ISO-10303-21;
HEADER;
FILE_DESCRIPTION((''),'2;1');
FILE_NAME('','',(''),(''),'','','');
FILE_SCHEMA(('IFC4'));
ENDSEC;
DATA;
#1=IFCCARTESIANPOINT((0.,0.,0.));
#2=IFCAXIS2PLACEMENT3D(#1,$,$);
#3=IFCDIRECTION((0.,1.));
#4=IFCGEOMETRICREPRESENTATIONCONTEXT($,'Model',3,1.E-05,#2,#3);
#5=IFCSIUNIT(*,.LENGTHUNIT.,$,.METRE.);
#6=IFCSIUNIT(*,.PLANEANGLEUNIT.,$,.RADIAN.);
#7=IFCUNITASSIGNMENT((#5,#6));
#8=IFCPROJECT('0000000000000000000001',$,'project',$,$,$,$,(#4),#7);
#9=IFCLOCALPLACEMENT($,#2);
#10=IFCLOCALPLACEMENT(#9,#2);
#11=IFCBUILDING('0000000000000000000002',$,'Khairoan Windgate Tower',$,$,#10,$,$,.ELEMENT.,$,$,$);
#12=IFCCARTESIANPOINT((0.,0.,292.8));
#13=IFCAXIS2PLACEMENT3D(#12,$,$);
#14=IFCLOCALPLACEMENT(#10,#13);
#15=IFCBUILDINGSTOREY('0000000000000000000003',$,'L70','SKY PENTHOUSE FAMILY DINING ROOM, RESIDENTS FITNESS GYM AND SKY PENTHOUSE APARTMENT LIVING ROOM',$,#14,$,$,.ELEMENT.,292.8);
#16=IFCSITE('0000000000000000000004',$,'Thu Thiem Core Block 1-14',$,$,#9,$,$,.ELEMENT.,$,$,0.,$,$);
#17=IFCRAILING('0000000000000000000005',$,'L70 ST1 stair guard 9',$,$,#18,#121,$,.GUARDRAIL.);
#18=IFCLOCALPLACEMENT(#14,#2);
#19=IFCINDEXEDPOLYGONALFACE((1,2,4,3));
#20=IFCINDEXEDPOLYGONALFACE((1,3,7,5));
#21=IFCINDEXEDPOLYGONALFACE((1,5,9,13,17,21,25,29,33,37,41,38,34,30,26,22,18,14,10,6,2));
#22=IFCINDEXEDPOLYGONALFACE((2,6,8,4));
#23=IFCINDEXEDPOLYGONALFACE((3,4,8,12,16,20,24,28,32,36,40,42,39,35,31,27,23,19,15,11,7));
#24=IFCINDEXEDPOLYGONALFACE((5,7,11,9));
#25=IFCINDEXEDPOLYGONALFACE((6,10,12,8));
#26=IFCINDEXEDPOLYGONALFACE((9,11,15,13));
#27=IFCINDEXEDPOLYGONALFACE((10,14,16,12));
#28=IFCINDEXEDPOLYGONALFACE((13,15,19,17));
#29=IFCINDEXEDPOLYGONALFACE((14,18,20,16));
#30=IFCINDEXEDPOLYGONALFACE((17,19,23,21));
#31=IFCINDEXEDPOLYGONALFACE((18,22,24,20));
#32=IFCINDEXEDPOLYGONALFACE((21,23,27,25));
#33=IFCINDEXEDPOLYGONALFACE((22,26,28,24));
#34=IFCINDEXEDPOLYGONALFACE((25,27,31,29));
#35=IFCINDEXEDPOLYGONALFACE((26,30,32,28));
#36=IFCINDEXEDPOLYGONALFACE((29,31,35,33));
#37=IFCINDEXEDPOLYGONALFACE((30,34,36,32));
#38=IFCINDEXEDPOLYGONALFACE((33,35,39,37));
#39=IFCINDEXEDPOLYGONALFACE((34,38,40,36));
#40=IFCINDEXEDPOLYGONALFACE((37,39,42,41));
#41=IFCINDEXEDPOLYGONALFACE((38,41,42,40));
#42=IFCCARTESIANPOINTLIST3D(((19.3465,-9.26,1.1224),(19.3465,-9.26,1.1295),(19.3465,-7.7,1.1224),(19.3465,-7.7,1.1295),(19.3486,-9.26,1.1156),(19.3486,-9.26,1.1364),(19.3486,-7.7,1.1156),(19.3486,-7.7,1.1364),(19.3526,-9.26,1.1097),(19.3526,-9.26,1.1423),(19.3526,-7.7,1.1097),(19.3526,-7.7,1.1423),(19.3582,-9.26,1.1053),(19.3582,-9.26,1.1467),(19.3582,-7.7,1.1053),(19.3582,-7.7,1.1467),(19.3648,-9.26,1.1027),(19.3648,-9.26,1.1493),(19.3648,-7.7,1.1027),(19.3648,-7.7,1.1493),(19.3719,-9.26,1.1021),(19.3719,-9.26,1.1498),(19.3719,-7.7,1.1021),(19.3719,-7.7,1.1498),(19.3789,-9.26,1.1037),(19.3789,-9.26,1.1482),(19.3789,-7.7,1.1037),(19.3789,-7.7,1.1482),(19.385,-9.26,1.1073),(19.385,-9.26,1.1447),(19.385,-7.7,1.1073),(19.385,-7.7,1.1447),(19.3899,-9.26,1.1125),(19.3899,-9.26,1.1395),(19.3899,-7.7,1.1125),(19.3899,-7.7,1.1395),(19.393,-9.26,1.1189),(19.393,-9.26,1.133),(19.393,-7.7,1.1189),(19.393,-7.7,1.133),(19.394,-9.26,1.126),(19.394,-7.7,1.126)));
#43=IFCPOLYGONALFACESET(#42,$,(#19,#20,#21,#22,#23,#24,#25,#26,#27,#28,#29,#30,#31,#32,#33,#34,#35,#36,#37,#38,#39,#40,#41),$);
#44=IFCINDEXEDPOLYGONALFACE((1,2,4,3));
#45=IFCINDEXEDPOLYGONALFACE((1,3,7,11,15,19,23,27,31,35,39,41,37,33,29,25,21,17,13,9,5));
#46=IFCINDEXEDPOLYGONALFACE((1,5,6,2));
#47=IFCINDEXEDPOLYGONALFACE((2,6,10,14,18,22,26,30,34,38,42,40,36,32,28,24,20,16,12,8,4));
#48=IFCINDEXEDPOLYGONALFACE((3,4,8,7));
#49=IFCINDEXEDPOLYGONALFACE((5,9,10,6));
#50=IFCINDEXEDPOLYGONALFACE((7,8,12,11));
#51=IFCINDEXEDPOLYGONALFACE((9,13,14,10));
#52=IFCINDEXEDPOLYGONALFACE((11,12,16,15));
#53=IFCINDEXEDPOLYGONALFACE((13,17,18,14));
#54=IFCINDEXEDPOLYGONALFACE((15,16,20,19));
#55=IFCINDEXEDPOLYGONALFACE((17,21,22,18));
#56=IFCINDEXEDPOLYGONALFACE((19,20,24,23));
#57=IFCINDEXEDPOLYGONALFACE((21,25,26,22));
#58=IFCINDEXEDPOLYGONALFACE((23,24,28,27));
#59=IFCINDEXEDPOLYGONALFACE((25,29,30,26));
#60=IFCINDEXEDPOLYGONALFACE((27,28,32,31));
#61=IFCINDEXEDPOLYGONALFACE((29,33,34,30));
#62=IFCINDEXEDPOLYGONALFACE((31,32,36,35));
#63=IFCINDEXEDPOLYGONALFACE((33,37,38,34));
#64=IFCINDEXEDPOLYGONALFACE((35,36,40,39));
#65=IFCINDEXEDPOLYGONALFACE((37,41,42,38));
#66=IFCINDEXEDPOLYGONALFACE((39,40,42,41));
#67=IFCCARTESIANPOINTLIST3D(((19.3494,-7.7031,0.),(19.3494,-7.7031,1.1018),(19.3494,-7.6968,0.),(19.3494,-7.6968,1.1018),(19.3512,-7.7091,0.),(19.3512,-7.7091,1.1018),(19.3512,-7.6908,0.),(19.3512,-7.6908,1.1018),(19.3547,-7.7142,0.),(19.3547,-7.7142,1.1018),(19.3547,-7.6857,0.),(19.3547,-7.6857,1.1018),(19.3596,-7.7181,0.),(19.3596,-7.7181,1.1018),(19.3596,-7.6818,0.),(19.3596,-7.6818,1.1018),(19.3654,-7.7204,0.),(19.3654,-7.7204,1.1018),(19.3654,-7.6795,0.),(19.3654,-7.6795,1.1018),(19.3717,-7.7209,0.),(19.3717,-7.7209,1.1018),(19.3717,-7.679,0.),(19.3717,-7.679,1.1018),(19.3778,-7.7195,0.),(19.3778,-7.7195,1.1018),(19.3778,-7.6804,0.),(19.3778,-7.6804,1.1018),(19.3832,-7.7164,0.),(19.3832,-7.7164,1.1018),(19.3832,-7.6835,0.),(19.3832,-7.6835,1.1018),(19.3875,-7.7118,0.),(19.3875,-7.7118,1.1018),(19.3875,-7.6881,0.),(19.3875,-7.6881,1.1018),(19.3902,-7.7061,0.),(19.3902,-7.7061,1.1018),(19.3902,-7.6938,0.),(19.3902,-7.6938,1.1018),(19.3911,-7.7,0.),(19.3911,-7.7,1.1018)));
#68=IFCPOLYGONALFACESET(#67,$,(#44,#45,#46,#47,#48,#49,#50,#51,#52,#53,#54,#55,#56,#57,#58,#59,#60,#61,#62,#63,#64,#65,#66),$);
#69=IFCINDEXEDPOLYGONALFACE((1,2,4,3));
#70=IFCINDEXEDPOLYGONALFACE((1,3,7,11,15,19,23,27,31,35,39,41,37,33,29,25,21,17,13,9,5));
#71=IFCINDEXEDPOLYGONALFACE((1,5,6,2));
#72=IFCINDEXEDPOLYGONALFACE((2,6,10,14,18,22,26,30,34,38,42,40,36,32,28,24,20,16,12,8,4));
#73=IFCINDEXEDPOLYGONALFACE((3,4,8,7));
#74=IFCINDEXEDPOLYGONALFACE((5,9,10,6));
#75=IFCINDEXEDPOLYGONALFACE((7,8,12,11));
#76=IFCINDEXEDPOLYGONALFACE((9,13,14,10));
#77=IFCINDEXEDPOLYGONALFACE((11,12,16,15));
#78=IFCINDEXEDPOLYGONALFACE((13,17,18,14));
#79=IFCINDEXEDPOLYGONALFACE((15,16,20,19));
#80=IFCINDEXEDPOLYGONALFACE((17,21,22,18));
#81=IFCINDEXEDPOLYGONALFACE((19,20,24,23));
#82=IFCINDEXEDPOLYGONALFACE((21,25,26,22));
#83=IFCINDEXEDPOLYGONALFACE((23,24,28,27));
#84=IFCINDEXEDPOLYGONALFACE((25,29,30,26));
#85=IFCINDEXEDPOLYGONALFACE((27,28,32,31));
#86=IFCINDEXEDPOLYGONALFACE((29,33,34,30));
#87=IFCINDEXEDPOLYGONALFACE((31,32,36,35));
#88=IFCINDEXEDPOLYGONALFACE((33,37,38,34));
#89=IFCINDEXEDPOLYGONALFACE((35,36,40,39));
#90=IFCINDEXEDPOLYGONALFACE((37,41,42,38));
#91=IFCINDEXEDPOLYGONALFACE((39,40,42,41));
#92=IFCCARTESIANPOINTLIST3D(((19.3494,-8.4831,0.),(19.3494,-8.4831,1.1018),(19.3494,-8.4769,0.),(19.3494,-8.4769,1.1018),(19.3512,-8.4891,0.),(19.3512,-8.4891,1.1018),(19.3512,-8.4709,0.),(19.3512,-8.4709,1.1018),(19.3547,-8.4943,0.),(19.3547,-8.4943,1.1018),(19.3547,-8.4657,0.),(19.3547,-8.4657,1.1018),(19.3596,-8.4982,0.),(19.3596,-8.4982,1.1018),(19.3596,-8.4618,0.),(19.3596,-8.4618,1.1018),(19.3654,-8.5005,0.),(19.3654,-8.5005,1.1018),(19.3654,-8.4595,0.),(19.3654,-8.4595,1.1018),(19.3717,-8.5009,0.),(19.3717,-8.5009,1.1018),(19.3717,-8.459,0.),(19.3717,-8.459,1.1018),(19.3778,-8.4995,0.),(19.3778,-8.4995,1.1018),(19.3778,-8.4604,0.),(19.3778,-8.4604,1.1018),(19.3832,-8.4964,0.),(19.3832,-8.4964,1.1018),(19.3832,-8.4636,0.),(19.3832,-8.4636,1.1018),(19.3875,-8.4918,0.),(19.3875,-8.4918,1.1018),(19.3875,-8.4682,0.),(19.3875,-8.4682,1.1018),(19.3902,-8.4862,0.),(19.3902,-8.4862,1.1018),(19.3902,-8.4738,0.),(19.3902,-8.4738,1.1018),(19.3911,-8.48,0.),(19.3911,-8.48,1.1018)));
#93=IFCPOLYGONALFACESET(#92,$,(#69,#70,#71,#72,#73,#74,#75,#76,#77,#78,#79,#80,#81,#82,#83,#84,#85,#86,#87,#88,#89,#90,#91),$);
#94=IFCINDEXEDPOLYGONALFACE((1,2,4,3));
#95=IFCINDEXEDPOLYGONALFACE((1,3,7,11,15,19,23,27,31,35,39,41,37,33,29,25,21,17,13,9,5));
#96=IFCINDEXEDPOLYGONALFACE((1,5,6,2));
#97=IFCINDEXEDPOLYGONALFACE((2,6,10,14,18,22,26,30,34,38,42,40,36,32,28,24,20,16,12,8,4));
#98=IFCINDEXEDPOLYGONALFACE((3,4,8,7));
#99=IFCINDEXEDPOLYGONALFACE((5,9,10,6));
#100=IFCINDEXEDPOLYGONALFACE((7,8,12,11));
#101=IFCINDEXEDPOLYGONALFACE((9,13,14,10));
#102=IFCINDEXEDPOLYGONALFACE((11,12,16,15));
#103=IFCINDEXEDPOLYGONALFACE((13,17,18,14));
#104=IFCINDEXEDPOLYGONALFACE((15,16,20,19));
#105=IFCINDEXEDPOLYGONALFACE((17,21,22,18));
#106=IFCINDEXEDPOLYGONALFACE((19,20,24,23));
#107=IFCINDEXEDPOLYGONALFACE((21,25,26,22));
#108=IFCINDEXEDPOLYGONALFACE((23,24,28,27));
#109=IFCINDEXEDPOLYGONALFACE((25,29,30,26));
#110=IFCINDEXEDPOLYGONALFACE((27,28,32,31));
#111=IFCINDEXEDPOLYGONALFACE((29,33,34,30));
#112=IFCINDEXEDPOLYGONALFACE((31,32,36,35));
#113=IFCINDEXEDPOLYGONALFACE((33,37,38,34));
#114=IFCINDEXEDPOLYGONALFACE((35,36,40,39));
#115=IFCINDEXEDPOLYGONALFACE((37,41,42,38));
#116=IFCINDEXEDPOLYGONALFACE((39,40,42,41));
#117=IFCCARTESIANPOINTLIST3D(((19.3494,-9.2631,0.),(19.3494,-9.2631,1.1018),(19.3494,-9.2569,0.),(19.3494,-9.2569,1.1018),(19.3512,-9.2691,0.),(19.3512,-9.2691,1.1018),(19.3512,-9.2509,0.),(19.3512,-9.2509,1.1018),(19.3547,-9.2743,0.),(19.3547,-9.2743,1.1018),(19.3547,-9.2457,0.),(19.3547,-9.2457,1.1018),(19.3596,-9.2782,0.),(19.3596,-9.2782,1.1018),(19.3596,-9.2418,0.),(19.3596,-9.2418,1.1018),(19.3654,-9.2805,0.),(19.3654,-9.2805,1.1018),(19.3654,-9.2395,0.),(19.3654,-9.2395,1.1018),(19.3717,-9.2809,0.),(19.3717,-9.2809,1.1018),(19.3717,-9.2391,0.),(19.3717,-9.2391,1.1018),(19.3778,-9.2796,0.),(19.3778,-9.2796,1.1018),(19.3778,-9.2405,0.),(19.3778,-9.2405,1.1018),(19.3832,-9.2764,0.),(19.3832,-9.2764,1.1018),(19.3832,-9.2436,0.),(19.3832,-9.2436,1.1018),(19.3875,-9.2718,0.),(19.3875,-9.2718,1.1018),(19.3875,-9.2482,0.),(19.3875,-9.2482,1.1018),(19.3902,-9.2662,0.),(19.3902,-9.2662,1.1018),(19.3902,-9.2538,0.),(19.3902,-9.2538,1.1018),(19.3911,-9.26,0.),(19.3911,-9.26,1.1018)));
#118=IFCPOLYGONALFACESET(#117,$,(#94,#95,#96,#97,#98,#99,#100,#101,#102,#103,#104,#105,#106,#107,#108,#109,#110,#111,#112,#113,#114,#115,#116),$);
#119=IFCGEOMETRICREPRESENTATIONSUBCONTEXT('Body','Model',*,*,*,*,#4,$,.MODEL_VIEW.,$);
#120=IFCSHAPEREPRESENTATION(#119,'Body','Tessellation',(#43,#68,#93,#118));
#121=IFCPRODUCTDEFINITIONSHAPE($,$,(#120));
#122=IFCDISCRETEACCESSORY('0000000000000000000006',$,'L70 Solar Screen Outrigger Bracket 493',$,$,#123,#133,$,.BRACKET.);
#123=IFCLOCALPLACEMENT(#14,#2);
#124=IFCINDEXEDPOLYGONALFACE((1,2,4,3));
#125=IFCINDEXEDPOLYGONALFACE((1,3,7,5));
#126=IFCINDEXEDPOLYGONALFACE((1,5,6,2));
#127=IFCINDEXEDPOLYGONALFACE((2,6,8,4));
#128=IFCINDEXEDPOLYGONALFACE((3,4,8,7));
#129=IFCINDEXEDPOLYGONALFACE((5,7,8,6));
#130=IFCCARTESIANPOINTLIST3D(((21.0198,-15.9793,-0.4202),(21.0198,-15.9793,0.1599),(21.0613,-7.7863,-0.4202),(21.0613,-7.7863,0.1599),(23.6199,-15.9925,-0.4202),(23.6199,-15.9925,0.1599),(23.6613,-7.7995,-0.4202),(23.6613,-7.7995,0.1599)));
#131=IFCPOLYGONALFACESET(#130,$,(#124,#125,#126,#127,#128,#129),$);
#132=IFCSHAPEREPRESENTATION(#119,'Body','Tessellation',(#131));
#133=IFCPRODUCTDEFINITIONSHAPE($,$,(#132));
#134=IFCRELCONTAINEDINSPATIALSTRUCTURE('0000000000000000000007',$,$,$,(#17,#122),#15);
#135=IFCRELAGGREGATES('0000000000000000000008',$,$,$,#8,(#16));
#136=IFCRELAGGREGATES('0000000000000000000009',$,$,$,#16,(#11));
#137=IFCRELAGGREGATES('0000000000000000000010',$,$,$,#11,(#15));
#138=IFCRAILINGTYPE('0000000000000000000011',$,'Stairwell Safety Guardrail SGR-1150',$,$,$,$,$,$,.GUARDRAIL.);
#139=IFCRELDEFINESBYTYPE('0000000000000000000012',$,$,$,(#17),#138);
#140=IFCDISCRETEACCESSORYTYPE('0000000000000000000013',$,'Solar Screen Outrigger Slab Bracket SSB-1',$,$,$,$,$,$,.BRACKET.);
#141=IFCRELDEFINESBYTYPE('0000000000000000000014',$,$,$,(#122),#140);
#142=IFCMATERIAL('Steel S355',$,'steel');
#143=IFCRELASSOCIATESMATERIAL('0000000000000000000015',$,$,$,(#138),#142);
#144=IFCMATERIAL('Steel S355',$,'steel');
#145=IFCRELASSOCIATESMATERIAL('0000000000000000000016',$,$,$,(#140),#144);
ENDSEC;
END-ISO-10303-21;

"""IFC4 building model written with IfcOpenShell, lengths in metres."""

from ifc_helpers import new_model, si_unit, direction, frame, origin, origin_2d, place, context, subcontext, project, spatial, rectangle, circle, extrude, material, type_object, element, save


model = new_model("IFC4")

# Units and contexts
model_context = context("Model", 3, precision=1e-05, world=origin(), true_north=direction((0.0, 1.0)))
body_context = subcontext(model_context, "Body", "Model", "MODEL_VIEW")
ifc_project = project(units=[si_unit("LENGTHUNIT", "METRE"), si_unit("PLANEANGLEUNIT", "RADIAN")], contexts=[model_context])

# Site, building, storey
site_placement = place(None, origin())
site = spatial("IfcSite", under=ifc_project, at=site_placement, Name="Thu Thiem Core Block 1-14", CompositionType="ELEMENT", RefElevation=0.0)
building_placement = place(site_placement, origin())
building = spatial("IfcBuilding", under=site, at=building_placement, Name="Khairoan Windgate Tower", CompositionType="ELEMENT")
storey_placement = place(building_placement, frame((0.0, 0.0, 292.8)))
storey = spatial("IfcBuildingStorey", under=building, at=storey_placement, Name="L70", Description="SKY PENTHOUSE FAMILY DINING ROOM, RESIDENTS FITNESS GYM AND SKY PENTHOUSE APARTMENT LIVING ROOM", CompositionType="ELEMENT", Elevation=292.8)

# Railing
ifc_material_1 = material(Name="Steel S355", Category="steel")
railing_type_1 = type_object("IfcRailingType", Name="Stairwell Safety Guardrail SGR-1150", PredefinedType="GUARDRAIL", material=ifc_material_1)
for number, where, name in (
    (1, (19.3701, -7.7, 0.0), "L70 ST1 stair guard 9"),
):
    element("IfcRailing", number, at=place(storey_placement, frame(where)), inside=storey, type_object=railing_type_1, Name=name, PredefinedType="GUARDRAIL", context=body_context, shape_type="SweptSolid", body=[
        extrude(circle(Radius=0.0239, at=origin_2d()), frame((0.0, 0.0, 1.126), z_axis=(0.0, -1.0, 0.0), x_axis=(1.0, 0.0, 0.0)), (0.0, 0.0, 1.0), 1.5601),
        extrude(circle(Radius=0.021, at=origin_2d()), origin(), (0.0, 0.0, 1.0), 1.1018),
        extrude(circle(Radius=0.021, at=origin_2d()), frame((0.0, -0.78, 0.0)), (0.0, 0.0, 1.0), 1.1018),
        extrude(circle(Radius=0.021, at=origin_2d()), frame((0.0, -1.5601, 0.0)), (0.0, 0.0, 1.0), 1.1018),
    ])

# Discrete accessory
ifc_material_2 = material(Name="Steel S355", Category="steel")
discrete_accessory_type = type_object("IfcDiscreteAccessoryType", Name="Solar Screen Outrigger Slab Bracket SSB-1", PredefinedType="BRACKET", material=ifc_material_2)
discrete_accessory_placement = place(storey_placement, frame((22.3406, -11.8894, -0.4202), z_axis=(0.0, 0.0, 1.0), x_axis=(-0.005061, -0.999987, 0.0)))
element("IfcDiscreteAccessory", 2, at=discrete_accessory_placement, inside=storey, type_object=discrete_accessory_type, Name="L70 Solar Screen Outrigger Bracket 493", PredefinedType="BRACKET", context=body_context, shape_type="SweptSolid", body=[
    extrude(rectangle(XDim=8.1931, YDim=2.6001, at=origin_2d()), origin(), (0.0, 0.0, 1.0), 0.5801),
])

save(model, "model.ifc")
